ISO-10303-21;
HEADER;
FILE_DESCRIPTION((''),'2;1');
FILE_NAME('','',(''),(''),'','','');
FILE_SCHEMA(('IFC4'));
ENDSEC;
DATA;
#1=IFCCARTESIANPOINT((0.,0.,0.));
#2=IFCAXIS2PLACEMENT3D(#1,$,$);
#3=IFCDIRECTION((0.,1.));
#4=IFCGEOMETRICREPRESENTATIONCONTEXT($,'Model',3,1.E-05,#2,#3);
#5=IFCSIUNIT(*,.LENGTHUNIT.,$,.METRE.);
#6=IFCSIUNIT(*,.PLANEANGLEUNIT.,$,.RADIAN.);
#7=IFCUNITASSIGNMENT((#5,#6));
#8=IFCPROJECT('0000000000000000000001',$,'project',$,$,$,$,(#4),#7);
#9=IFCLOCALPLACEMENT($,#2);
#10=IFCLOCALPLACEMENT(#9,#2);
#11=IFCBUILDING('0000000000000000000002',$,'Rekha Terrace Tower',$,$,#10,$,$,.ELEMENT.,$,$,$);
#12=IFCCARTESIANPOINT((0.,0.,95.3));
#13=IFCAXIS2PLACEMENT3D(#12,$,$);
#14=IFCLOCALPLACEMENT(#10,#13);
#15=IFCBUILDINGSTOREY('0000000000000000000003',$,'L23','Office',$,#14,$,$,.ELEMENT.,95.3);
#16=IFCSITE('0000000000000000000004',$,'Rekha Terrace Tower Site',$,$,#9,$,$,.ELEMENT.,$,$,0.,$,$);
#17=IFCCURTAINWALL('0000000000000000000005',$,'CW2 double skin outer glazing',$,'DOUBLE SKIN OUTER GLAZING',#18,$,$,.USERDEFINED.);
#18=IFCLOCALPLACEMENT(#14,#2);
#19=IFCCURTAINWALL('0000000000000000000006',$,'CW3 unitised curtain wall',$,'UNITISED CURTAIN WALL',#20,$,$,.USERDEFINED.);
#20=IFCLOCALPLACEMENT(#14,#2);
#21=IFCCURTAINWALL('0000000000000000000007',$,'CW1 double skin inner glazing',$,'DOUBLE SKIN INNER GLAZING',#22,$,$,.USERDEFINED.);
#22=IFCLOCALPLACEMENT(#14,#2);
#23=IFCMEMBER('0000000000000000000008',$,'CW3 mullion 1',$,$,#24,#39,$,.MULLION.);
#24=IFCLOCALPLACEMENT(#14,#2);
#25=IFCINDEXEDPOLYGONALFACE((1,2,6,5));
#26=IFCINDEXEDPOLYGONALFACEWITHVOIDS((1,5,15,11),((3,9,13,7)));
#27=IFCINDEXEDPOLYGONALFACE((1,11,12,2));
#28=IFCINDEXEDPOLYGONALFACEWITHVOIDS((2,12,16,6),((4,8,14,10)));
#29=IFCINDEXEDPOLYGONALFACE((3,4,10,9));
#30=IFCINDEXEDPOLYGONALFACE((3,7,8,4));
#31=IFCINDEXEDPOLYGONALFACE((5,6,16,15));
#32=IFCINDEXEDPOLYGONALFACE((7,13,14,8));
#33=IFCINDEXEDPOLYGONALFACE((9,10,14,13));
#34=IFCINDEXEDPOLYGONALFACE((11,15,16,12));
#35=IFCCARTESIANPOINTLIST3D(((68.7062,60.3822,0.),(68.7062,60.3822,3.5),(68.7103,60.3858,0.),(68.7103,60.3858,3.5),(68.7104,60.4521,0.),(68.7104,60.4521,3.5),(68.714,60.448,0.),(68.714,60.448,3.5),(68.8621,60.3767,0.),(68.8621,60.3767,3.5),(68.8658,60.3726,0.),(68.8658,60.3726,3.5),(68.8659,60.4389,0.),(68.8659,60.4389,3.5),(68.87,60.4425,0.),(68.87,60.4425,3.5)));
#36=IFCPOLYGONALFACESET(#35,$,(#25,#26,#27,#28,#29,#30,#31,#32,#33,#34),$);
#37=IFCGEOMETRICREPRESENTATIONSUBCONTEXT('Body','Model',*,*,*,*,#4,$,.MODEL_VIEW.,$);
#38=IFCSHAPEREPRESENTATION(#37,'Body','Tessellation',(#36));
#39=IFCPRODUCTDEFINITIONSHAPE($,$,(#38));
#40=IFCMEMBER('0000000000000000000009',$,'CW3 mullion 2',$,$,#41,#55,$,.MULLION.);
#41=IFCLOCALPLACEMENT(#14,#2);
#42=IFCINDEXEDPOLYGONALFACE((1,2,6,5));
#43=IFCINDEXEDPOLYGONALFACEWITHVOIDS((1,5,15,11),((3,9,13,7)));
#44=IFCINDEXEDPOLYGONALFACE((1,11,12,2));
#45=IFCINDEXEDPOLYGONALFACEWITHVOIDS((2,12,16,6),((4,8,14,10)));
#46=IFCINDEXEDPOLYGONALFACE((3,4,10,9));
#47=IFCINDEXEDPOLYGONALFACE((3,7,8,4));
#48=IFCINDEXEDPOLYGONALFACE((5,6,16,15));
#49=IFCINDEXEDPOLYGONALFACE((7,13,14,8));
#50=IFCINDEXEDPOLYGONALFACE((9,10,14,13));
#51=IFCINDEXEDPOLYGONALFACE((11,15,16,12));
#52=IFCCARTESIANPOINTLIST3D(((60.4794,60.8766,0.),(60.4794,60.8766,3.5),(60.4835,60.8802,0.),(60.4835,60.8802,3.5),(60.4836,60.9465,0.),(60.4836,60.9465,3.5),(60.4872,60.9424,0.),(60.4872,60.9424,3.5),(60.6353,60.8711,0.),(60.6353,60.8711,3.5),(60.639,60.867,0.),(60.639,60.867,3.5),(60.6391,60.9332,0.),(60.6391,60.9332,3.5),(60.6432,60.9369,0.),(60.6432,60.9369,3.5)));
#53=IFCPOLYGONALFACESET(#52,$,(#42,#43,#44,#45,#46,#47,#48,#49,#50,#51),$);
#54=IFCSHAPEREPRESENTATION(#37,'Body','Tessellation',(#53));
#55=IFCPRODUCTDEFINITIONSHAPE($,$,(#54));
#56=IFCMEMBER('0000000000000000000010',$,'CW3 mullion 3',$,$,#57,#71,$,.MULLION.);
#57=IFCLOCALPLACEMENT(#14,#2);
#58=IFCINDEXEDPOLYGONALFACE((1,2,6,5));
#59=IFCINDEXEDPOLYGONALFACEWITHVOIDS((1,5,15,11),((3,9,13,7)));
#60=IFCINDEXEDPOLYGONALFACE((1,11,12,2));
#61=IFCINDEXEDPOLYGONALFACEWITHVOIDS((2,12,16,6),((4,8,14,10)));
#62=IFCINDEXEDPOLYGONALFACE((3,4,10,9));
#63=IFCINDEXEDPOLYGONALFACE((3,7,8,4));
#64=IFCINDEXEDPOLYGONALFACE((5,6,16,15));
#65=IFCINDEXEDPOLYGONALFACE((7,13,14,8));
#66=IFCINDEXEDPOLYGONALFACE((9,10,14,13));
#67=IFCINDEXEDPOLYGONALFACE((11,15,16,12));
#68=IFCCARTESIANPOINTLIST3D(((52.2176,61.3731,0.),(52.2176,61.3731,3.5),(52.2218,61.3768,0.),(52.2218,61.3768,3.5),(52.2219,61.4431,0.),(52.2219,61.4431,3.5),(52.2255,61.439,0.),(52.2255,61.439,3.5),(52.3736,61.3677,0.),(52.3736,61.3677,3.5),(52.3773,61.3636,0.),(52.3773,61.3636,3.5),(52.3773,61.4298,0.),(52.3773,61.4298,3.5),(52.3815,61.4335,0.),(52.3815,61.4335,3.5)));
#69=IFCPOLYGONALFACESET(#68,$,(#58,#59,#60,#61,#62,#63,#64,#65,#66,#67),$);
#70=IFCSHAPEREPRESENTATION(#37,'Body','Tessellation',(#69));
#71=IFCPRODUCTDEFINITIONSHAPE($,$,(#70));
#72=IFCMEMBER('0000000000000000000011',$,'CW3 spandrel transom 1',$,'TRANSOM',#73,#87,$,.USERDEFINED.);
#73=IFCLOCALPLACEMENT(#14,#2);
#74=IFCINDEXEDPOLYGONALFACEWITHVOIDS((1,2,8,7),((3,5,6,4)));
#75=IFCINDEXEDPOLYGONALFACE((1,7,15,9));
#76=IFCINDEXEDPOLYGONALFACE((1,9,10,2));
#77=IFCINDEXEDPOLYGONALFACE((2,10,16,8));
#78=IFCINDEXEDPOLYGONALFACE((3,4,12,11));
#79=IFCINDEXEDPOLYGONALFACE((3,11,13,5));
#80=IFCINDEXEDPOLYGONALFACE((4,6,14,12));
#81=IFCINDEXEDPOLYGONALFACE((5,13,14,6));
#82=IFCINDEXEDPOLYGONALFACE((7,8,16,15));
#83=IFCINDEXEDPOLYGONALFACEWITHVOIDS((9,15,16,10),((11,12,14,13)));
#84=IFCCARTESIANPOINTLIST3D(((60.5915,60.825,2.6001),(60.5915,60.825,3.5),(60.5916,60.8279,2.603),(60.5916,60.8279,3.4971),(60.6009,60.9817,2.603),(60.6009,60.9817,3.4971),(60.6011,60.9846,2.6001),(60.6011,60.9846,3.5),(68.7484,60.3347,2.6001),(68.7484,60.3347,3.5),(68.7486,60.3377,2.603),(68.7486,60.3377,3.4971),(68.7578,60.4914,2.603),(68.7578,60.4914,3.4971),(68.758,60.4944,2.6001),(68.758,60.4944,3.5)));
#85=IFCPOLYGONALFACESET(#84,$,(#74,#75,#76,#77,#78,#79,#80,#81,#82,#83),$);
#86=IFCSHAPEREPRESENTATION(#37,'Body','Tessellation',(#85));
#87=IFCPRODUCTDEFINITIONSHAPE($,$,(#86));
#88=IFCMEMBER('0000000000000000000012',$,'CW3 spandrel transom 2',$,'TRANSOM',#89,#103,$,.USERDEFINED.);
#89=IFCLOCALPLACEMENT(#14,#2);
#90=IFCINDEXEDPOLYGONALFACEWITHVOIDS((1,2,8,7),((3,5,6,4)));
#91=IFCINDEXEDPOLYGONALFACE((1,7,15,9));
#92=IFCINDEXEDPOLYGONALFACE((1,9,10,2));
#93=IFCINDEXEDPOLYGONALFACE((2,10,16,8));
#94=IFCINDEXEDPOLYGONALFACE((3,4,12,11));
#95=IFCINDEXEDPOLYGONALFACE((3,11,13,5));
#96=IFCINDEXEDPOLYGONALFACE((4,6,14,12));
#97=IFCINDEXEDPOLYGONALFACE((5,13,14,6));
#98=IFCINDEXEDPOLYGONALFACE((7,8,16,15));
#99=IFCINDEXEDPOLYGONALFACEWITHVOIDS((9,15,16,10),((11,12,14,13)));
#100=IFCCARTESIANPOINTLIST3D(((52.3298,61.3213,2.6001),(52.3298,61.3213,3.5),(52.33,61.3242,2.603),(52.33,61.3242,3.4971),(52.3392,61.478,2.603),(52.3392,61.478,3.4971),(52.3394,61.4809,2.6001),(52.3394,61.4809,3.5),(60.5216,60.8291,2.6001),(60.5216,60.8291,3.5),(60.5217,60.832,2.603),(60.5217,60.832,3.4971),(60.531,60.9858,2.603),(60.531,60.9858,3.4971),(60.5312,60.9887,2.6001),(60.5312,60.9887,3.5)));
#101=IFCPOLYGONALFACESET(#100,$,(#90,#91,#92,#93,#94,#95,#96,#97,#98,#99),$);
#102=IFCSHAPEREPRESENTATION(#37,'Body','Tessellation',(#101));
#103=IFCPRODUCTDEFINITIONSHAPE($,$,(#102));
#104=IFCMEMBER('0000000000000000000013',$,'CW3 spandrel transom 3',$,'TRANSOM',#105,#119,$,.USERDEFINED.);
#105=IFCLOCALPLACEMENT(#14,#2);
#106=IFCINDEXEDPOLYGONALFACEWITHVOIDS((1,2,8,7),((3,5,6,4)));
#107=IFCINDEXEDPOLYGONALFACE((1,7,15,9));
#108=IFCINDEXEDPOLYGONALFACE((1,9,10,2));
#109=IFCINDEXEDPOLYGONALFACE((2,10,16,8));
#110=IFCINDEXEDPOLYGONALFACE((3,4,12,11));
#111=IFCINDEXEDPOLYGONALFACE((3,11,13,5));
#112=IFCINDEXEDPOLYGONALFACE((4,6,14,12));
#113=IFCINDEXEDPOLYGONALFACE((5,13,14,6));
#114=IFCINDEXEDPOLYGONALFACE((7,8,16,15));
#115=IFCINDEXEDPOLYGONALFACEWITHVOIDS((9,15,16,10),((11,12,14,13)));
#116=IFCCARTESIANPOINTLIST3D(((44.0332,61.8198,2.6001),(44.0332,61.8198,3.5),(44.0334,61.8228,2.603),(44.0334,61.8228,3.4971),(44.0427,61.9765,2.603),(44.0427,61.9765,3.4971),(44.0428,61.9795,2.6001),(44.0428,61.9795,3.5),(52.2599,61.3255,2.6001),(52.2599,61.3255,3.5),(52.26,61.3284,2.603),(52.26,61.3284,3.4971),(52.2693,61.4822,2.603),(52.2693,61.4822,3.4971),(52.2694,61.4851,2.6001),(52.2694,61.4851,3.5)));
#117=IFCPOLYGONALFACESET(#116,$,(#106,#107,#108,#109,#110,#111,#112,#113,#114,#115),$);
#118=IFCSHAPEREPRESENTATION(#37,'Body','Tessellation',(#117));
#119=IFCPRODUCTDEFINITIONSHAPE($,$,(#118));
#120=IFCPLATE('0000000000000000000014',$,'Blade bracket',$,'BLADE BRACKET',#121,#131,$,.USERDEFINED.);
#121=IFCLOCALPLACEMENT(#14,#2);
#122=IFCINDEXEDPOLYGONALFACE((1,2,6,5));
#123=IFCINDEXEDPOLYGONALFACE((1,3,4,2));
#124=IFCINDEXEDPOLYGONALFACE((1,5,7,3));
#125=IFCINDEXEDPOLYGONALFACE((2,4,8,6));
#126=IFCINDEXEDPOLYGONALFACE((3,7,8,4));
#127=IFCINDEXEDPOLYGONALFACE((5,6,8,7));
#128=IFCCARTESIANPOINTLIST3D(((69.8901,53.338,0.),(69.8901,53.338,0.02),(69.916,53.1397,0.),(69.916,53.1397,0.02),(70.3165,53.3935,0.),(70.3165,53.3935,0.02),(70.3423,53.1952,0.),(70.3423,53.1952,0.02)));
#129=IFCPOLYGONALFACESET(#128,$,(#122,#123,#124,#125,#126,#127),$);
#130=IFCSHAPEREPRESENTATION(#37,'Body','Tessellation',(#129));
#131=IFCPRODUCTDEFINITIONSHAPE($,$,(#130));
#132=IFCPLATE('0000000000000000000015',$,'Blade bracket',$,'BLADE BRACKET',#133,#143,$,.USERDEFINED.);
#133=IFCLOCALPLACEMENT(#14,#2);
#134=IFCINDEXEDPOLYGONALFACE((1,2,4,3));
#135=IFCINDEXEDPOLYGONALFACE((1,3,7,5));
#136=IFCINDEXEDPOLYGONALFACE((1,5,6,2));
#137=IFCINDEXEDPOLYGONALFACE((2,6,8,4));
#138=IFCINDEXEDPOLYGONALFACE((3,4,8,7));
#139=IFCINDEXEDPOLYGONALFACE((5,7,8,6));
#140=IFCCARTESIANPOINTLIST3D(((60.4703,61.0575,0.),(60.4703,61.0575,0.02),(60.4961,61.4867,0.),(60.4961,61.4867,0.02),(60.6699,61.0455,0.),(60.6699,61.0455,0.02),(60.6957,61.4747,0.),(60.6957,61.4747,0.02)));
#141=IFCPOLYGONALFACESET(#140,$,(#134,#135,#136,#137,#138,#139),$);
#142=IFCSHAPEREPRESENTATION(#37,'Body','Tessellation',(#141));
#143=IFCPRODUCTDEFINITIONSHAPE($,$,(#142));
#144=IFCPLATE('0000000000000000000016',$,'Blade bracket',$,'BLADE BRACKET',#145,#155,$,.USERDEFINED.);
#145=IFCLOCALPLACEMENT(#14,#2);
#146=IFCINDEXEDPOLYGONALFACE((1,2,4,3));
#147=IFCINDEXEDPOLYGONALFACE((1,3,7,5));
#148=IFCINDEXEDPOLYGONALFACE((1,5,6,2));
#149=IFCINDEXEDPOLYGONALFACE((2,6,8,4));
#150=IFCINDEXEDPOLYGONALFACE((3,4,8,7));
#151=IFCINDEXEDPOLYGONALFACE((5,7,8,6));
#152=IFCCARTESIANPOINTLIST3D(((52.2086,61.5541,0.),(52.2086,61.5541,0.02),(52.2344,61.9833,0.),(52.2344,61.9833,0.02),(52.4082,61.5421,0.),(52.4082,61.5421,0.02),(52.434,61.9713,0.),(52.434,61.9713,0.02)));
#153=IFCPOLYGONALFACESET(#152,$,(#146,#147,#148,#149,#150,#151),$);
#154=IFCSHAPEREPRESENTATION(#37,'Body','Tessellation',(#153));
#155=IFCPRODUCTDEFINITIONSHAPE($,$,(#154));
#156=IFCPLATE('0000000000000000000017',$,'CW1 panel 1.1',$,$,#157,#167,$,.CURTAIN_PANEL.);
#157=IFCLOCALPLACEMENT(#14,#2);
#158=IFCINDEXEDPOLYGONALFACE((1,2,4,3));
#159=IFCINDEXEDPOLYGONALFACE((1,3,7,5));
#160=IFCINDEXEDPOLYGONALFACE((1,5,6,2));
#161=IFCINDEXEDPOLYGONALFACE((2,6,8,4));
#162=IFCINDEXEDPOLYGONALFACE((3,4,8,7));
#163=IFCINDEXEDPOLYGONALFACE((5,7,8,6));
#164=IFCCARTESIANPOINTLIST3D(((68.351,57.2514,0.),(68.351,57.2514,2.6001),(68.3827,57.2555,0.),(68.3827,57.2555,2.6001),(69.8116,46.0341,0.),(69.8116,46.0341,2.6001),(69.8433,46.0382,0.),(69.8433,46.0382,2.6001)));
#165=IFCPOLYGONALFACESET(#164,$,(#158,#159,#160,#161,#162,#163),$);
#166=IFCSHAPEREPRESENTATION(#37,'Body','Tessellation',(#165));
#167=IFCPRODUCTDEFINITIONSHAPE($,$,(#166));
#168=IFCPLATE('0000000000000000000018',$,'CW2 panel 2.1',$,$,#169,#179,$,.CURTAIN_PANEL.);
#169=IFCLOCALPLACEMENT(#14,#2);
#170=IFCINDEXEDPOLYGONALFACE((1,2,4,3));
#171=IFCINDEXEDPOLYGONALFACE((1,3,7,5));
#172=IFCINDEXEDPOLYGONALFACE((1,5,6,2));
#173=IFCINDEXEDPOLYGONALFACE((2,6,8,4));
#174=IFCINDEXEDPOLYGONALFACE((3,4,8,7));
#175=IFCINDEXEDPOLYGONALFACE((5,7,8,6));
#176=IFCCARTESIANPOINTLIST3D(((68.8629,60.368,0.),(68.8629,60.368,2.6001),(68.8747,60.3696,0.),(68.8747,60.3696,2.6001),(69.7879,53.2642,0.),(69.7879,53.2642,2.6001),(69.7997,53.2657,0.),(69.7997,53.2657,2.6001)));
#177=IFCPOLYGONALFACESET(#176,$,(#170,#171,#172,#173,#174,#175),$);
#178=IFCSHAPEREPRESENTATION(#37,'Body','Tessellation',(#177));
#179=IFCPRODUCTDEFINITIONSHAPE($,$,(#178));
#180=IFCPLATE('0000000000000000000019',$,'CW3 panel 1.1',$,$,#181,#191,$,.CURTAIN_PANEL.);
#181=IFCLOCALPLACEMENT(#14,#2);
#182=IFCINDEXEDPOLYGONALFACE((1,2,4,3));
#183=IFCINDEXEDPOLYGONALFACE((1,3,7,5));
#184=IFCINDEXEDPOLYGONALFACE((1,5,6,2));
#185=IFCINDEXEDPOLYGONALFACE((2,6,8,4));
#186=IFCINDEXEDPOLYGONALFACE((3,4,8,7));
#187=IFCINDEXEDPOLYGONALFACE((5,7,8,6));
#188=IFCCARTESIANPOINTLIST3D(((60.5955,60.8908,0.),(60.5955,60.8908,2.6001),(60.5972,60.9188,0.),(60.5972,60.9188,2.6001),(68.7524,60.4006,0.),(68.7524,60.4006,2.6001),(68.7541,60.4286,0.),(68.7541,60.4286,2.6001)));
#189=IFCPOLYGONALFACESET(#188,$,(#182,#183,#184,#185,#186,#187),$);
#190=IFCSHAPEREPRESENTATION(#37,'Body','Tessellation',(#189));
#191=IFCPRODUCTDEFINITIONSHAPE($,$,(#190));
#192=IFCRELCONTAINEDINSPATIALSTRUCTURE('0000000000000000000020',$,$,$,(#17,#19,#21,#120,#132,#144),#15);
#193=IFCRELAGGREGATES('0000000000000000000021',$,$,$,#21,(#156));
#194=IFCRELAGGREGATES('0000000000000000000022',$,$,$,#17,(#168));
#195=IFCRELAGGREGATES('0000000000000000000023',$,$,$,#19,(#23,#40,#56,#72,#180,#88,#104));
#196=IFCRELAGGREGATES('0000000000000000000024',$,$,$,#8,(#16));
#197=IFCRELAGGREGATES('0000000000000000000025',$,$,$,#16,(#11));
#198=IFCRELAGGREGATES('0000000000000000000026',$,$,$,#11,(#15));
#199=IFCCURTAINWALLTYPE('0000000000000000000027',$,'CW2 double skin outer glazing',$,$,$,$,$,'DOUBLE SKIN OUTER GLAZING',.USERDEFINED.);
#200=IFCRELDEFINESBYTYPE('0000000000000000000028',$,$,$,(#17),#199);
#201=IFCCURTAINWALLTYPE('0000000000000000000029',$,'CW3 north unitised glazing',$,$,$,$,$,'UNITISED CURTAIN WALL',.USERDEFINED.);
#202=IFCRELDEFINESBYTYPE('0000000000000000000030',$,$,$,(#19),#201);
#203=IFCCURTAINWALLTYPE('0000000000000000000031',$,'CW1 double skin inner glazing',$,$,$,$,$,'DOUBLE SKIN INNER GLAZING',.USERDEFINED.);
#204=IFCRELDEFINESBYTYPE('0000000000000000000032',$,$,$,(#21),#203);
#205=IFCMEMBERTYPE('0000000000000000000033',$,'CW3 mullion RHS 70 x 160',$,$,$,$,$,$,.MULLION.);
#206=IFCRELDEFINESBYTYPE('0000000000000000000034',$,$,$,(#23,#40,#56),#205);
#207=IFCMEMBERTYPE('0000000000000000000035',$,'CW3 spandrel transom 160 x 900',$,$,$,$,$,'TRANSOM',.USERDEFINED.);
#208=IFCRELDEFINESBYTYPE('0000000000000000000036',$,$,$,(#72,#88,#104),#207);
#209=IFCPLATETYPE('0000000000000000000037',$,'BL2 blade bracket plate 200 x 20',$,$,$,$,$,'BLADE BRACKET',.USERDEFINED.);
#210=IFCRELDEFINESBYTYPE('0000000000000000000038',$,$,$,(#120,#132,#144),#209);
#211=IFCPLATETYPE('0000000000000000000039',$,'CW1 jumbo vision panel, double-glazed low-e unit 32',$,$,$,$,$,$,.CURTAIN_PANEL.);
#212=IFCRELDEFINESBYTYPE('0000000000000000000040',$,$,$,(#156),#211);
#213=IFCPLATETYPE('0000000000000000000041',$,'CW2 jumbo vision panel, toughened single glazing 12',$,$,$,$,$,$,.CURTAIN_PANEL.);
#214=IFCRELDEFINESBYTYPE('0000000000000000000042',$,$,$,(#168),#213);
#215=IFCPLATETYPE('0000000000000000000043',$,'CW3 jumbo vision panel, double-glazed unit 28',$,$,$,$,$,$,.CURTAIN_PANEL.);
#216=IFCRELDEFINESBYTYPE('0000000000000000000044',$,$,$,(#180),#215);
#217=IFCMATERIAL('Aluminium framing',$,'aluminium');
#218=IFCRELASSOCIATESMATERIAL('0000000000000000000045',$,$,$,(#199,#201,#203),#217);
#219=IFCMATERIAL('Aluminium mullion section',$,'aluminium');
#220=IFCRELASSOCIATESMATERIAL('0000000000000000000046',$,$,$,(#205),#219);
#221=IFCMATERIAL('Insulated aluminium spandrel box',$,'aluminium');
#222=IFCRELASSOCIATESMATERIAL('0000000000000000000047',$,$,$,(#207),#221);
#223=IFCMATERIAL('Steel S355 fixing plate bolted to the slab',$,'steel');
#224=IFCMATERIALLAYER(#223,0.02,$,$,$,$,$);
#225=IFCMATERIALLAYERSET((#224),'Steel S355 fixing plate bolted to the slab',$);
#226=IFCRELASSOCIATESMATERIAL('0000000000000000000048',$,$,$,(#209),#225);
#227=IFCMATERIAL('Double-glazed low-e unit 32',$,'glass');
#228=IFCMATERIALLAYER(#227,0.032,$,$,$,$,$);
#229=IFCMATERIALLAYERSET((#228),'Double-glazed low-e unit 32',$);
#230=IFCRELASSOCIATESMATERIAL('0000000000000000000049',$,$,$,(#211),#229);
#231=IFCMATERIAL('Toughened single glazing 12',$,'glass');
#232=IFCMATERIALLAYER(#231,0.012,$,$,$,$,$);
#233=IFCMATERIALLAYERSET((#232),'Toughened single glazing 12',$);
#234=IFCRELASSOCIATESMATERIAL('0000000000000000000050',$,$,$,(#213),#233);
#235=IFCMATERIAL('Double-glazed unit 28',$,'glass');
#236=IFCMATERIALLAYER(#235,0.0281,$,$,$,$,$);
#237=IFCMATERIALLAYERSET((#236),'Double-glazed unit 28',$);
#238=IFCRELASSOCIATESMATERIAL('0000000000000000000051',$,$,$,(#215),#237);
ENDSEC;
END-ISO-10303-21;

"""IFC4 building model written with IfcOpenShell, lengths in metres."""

from ifc_helpers import new_model, si_unit, direction, frame, origin, origin_2d, place, context, subcontext, project, spatial, rectangle, hollow_rectangle, extrude, material, layer, layer_set, material_profile, profile_set, type_object, element, aggregate, save


model = new_model("IFC4")

# Units and contexts
model_context = context("Model", 3, precision=1e-05, world=origin(), true_north=direction((0.0, 1.0)))
body_context = subcontext(model_context, "Body", "Model", "MODEL_VIEW")
ifc_project = project(units=[si_unit("LENGTHUNIT", "METRE"), si_unit("PLANEANGLEUNIT", "RADIAN")], contexts=[model_context])

# Site, building, storey
site_placement = place(None, origin())
site = spatial("IfcSite", under=ifc_project, at=site_placement, Name="Rekha Terrace Tower Site", CompositionType="ELEMENT", RefElevation=0.0)
building_placement = place(site_placement, origin())
building = spatial("IfcBuilding", under=site, at=building_placement, Name="Rekha Terrace Tower", CompositionType="ELEMENT")
storey_placement = place(building_placement, frame((0.0, 0.0, 95.3)))
storey = spatial("IfcBuildingStorey", under=building, at=storey_placement, Name="L23", Description="Office", CompositionType="ELEMENT", Elevation=95.3)

# Curtain wall
ifc_material_1 = material(Name="Aluminium framing", Category="aluminium")
curtain_wall_type_1 = type_object("IfcCurtainWallType", Name="CW2 double skin outer glazing", ElementType="DOUBLE SKIN OUTER GLAZING", PredefinedType="USERDEFINED", material=ifc_material_1)
curtain_wall_1_placement = place(storey_placement, origin())
curtain_wall_1 = element("IfcCurtainWall", 1, at=curtain_wall_1_placement, inside=storey, type_object=curtain_wall_type_1, Name="CW2 double skin outer glazing", ObjectType="DOUBLE SKIN OUTER GLAZING", PredefinedType="USERDEFINED")

# Curtain wall
curtain_wall_type_2 = type_object("IfcCurtainWallType", Name="CW3 north unitised glazing", ElementType="UNITISED CURTAIN WALL", PredefinedType="USERDEFINED", material=ifc_material_1)
curtain_wall_2_placement = place(storey_placement, origin())
curtain_wall_2 = element("IfcCurtainWall", 2, at=curtain_wall_2_placement, inside=storey, type_object=curtain_wall_type_2, Name="CW3 unitised curtain wall", ObjectType="UNITISED CURTAIN WALL", PredefinedType="USERDEFINED")

# Curtain wall
curtain_wall_type_3 = type_object("IfcCurtainWallType", Name="CW1 double skin inner glazing", ElementType="DOUBLE SKIN INNER GLAZING", PredefinedType="USERDEFINED", material=ifc_material_1)
curtain_wall_3_placement = place(storey_placement, origin())
curtain_wall_3 = element("IfcCurtainWall", 3, at=curtain_wall_3_placement, inside=storey, type_object=curtain_wall_type_3, Name="CW1 double skin inner glazing", ObjectType="DOUBLE SKIN INNER GLAZING", PredefinedType="USERDEFINED")
ifc_material_2 = material(Name="Aluminium mullion section", Category="aluminium")

# Members
ifc_material_3 = material(Name="Insulated aluminium spandrel box", Category="aluminium")
ifc_material_profile_1 = material_profile(ifc_material_2, hollow_rectangle(XDim=0.0701, YDim=0.1599, WallThickness=0.0039, at=origin_2d()), Name="AL RHS 70x160")
ifc_profile_set_1 = profile_set([ifc_material_profile_1], Name="Aluminium mullion section")
member_type_1 = type_object("IfcMemberType", Name="CW3 mullion RHS 70 x 160", PredefinedType="MULLION", material=ifc_profile_set_1)
member_1_placement = place(storey_placement, frame((68.7881, 60.4124, 0.0), z_axis=(0.0, 0.0, 1.0), x_axis=(-0.059988, -0.998199, 0.0)))
member_1 = element("IfcMember", 4, at=member_1_placement, type_object=member_type_1, Name="CW3 mullion 1", PredefinedType="MULLION", context=body_context, shape_type="SweptSolid", body=[
    extrude(hollow_rectangle(XDim=0.0701, YDim=0.1599, WallThickness=0.0039, at=origin_2d()), origin(), (0.0, 0.0, 1.0), 3.5),
])
member_2_placement = place(storey_placement, frame((60.5613, 60.9067, 0.0), z_axis=(0.0, 0.0, 1.0), x_axis=(-0.059988, -0.998199, 0.0)))
member_2 = element("IfcMember", 5, at=member_2_placement, type_object=member_type_1, Name="CW3 mullion 2", PredefinedType="MULLION", context=body_context, shape_type="SweptSolid", body=[
    extrude(hollow_rectangle(XDim=0.0701, YDim=0.1599, WallThickness=0.0039, at=origin_2d()), origin(), (0.0, 0.0, 1.0), 3.5),
])
member_3_placement = place(storey_placement, frame((52.2996, 61.4033, 0.0), z_axis=(0.0, 0.0, 1.0), x_axis=(-0.059988, -0.998199, 0.0)))
member_3 = element("IfcMember", 6, at=member_3_placement, type_object=member_type_1, Name="CW3 mullion 3", PredefinedType="MULLION", context=body_context, shape_type="SweptSolid", body=[
    extrude(hollow_rectangle(XDim=0.0701, YDim=0.1599, WallThickness=0.0039, at=origin_2d()), origin(), (0.0, 0.0, 1.0), 3.5),
])
ifc_material_profile_2 = material_profile(ifc_material_3, hollow_rectangle(XDim=0.1599, YDim=0.8999, WallThickness=0.0029, at=origin_2d()), Name="AL SPANDREL BOX 160x900")
ifc_profile_set_2 = profile_set([ifc_material_profile_2], Name="Insulated aluminium spandrel box")
member_type_2 = type_object("IfcMemberType", Name="CW3 spandrel transom 160 x 900", ElementType="TRANSOM", PredefinedType="USERDEFINED", material=ifc_profile_set_2)
member_4_placement = place(storey_placement, frame((68.7532, 60.4146, 3.05), z_axis=(-0.998199, 0.059992, 0.0), x_axis=(-0.059992, -0.998199, 0.0)))
member_4 = element("IfcMember", 7, at=member_4_placement, type_object=member_type_2, Name="CW3 spandrel transom 1", ObjectType="TRANSOM", PredefinedType="USERDEFINED", context=body_context, shape_type="SweptSolid", body=[
    extrude(hollow_rectangle(XDim=0.1599, YDim=0.8999, WallThickness=0.0029, at=origin_2d()), origin(), (0.0, 0.0, 1.0), 8.1716),
])
member_5_placement = place(storey_placement, frame((60.5264, 60.9089, 3.05), z_axis=(-0.9982, 0.059976, 0.0), x_axis=(-0.059976, -0.9982, 0.0)))
member_5 = element("IfcMember", 8, at=member_5_placement, type_object=member_type_2, Name="CW3 spandrel transom 2", ObjectType="TRANSOM", PredefinedType="USERDEFINED", context=body_context, shape_type="SweptSolid", body=[
    extrude(hollow_rectangle(XDim=0.1599, YDim=0.8999, WallThickness=0.0029, at=origin_2d()), origin(), (0.0, 0.0, 1.0), 8.2065),
])
member_6_placement = place(storey_placement, frame((52.2646, 61.4053, 3.05), z_axis=(-0.998199, 0.059988, 0.0), x_axis=(-0.059988, -0.998199, 0.0)))
member_6 = element("IfcMember", 9, at=member_6_placement, type_object=member_type_2, Name="CW3 spandrel transom 3", ObjectType="TRANSOM", PredefinedType="USERDEFINED", context=body_context, shape_type="SweptSolid", body=[
    extrude(hollow_rectangle(XDim=0.1599, YDim=0.8999, WallThickness=0.0029, at=origin_2d()), origin(), (0.0, 0.0, 1.0), 8.2415),
])

# Plates
ifc_material_4 = material(Name="Steel S355 fixing plate bolted to the slab", Category="steel")
ifc_layer_1 = layer(ifc_material_4, 0.02)
ifc_layer_set_1 = layer_set([ifc_layer_1], Name="Steel S355 fixing plate bolted to the slab")
plate_type_1 = type_object("IfcPlateType", Name="BL2 blade bracket plate 200 x 20", ElementType="BLADE BRACKET", PredefinedType="USERDEFINED", material=ifc_layer_set_1)
for number, where, z_axis, x_axis, name in (
    (10, (70.1162, 53.2666, 0.0), (0.0, 0.0, 1.0), (0.991629, 0.129119, 0.0), "Blade bracket"),
    (11, (60.583, 61.2661, 0.0), (0.0, 0.0, 1.0), (0.059988, 0.998199, 0.0), "Blade bracket"),
    (12, (52.3213, 61.7627, 0.0), (0.0, 0.0, 1.0), (0.059988, 0.998199, 0.0), "Blade bracket"),
):
    element("IfcPlate", number, at=place(storey_placement, frame(where, z_axis=z_axis, x_axis=x_axis)), inside=storey, type_object=plate_type_1, Name=name, ObjectType="BLADE BRACKET", PredefinedType="USERDEFINED", context=body_context, shape_type="SweptSolid", body=[
        extrude(rectangle(XDim=0.4299, YDim=0.2, at=origin_2d()), origin(), (0.0, 0.0, 1.0), 0.02),
    ])

# Plates
ifc_material_5 = material(Name="Double-glazed low-e unit 32", Category="glass")
ifc_layer_2 = layer(ifc_material_5, 0.032)
ifc_layer_set_2 = layer_set([ifc_layer_2], Name="Double-glazed low-e unit 32")
plate_type_2 = type_object("IfcPlateType", Name="CW1 jumbo vision panel, double-glazed low-e unit 32", PredefinedType="CURTAIN_PANEL", material=ifc_layer_set_2)
plate_1_placement = place(storey_placement, frame((69.0972, 51.6448, 0.0), z_axis=(0.0, 0.0, 1.0), x_axis=(-0.129118, 0.991629, 0.0)))
plate_1 = element("IfcPlate", 13, at=plate_1_placement, type_object=plate_type_2, Name="CW1 panel 1.1", PredefinedType="CURTAIN_PANEL", context=body_context, shape_type="SweptSolid", body=[
    extrude(rectangle(XDim=11.312, YDim=0.032, at=origin_2d()), origin(), (0.0, 0.0, 1.0), 2.6001),
])
aggregate(curtain_wall_3, [plate_1])
ifc_material_6 = material(Name="Toughened single glazing 12", Category="glass")
ifc_layer_3 = layer(ifc_material_6, 0.012)
ifc_layer_set_3 = layer_set([ifc_layer_3], Name="Toughened single glazing 12")
plate_type_3 = type_object("IfcPlateType", Name="CW2 jumbo vision panel, toughened single glazing 12", PredefinedType="CURTAIN_PANEL", material=ifc_layer_set_3)
plate_2_placement = place(storey_placement, frame((69.3313, 56.8169, 0.0), z_axis=(0.0, 0.0, 1.0), x_axis=(-0.129118, 0.991629, 0.0)))
plate_2 = element("IfcPlate", 14, at=plate_2_placement, type_object=plate_type_3, Name="CW2 panel 2.1", PredefinedType="CURTAIN_PANEL", context=body_context, shape_type="SweptSolid", body=[
    extrude(rectangle(XDim=7.1638, YDim=0.012, at=origin_2d()), origin(), (0.0, 0.0, 1.0), 2.6001),
])
aggregate(curtain_wall_1, [plate_2])
ifc_material_7 = material(Name="Double-glazed unit 28", Category="glass")
ifc_layer_4 = layer(ifc_material_7, 0.0281)
ifc_layer_set_4 = layer_set([ifc_layer_4], Name="Double-glazed unit 28")
plate_type_4 = type_object("IfcPlateType", Name="CW3 jumbo vision panel, double-glazed unit 28", PredefinedType="CURTAIN_PANEL", material=ifc_layer_set_4)
plate_3_placement = place(storey_placement, frame((64.6748, 60.6597, 0.0), z_axis=(0.0, 0.0, 1.0), x_axis=(-0.998199, 0.059988, 0.0)))
plate_3 = element("IfcPlate", 15, at=plate_3_placement, type_object=plate_type_4, Name="CW3 panel 1.1", PredefinedType="CURTAIN_PANEL", context=body_context, shape_type="SweptSolid", body=[
    extrude(rectangle(XDim=8.1716, YDim=0.0281, at=origin_2d()), origin(), (0.0, 0.0, 1.0), 2.6001),
])
aggregate(curtain_wall_2, [member_1, member_2, member_3, member_4, plate_3, member_5, member_6])

save(model, "model.ifc")
